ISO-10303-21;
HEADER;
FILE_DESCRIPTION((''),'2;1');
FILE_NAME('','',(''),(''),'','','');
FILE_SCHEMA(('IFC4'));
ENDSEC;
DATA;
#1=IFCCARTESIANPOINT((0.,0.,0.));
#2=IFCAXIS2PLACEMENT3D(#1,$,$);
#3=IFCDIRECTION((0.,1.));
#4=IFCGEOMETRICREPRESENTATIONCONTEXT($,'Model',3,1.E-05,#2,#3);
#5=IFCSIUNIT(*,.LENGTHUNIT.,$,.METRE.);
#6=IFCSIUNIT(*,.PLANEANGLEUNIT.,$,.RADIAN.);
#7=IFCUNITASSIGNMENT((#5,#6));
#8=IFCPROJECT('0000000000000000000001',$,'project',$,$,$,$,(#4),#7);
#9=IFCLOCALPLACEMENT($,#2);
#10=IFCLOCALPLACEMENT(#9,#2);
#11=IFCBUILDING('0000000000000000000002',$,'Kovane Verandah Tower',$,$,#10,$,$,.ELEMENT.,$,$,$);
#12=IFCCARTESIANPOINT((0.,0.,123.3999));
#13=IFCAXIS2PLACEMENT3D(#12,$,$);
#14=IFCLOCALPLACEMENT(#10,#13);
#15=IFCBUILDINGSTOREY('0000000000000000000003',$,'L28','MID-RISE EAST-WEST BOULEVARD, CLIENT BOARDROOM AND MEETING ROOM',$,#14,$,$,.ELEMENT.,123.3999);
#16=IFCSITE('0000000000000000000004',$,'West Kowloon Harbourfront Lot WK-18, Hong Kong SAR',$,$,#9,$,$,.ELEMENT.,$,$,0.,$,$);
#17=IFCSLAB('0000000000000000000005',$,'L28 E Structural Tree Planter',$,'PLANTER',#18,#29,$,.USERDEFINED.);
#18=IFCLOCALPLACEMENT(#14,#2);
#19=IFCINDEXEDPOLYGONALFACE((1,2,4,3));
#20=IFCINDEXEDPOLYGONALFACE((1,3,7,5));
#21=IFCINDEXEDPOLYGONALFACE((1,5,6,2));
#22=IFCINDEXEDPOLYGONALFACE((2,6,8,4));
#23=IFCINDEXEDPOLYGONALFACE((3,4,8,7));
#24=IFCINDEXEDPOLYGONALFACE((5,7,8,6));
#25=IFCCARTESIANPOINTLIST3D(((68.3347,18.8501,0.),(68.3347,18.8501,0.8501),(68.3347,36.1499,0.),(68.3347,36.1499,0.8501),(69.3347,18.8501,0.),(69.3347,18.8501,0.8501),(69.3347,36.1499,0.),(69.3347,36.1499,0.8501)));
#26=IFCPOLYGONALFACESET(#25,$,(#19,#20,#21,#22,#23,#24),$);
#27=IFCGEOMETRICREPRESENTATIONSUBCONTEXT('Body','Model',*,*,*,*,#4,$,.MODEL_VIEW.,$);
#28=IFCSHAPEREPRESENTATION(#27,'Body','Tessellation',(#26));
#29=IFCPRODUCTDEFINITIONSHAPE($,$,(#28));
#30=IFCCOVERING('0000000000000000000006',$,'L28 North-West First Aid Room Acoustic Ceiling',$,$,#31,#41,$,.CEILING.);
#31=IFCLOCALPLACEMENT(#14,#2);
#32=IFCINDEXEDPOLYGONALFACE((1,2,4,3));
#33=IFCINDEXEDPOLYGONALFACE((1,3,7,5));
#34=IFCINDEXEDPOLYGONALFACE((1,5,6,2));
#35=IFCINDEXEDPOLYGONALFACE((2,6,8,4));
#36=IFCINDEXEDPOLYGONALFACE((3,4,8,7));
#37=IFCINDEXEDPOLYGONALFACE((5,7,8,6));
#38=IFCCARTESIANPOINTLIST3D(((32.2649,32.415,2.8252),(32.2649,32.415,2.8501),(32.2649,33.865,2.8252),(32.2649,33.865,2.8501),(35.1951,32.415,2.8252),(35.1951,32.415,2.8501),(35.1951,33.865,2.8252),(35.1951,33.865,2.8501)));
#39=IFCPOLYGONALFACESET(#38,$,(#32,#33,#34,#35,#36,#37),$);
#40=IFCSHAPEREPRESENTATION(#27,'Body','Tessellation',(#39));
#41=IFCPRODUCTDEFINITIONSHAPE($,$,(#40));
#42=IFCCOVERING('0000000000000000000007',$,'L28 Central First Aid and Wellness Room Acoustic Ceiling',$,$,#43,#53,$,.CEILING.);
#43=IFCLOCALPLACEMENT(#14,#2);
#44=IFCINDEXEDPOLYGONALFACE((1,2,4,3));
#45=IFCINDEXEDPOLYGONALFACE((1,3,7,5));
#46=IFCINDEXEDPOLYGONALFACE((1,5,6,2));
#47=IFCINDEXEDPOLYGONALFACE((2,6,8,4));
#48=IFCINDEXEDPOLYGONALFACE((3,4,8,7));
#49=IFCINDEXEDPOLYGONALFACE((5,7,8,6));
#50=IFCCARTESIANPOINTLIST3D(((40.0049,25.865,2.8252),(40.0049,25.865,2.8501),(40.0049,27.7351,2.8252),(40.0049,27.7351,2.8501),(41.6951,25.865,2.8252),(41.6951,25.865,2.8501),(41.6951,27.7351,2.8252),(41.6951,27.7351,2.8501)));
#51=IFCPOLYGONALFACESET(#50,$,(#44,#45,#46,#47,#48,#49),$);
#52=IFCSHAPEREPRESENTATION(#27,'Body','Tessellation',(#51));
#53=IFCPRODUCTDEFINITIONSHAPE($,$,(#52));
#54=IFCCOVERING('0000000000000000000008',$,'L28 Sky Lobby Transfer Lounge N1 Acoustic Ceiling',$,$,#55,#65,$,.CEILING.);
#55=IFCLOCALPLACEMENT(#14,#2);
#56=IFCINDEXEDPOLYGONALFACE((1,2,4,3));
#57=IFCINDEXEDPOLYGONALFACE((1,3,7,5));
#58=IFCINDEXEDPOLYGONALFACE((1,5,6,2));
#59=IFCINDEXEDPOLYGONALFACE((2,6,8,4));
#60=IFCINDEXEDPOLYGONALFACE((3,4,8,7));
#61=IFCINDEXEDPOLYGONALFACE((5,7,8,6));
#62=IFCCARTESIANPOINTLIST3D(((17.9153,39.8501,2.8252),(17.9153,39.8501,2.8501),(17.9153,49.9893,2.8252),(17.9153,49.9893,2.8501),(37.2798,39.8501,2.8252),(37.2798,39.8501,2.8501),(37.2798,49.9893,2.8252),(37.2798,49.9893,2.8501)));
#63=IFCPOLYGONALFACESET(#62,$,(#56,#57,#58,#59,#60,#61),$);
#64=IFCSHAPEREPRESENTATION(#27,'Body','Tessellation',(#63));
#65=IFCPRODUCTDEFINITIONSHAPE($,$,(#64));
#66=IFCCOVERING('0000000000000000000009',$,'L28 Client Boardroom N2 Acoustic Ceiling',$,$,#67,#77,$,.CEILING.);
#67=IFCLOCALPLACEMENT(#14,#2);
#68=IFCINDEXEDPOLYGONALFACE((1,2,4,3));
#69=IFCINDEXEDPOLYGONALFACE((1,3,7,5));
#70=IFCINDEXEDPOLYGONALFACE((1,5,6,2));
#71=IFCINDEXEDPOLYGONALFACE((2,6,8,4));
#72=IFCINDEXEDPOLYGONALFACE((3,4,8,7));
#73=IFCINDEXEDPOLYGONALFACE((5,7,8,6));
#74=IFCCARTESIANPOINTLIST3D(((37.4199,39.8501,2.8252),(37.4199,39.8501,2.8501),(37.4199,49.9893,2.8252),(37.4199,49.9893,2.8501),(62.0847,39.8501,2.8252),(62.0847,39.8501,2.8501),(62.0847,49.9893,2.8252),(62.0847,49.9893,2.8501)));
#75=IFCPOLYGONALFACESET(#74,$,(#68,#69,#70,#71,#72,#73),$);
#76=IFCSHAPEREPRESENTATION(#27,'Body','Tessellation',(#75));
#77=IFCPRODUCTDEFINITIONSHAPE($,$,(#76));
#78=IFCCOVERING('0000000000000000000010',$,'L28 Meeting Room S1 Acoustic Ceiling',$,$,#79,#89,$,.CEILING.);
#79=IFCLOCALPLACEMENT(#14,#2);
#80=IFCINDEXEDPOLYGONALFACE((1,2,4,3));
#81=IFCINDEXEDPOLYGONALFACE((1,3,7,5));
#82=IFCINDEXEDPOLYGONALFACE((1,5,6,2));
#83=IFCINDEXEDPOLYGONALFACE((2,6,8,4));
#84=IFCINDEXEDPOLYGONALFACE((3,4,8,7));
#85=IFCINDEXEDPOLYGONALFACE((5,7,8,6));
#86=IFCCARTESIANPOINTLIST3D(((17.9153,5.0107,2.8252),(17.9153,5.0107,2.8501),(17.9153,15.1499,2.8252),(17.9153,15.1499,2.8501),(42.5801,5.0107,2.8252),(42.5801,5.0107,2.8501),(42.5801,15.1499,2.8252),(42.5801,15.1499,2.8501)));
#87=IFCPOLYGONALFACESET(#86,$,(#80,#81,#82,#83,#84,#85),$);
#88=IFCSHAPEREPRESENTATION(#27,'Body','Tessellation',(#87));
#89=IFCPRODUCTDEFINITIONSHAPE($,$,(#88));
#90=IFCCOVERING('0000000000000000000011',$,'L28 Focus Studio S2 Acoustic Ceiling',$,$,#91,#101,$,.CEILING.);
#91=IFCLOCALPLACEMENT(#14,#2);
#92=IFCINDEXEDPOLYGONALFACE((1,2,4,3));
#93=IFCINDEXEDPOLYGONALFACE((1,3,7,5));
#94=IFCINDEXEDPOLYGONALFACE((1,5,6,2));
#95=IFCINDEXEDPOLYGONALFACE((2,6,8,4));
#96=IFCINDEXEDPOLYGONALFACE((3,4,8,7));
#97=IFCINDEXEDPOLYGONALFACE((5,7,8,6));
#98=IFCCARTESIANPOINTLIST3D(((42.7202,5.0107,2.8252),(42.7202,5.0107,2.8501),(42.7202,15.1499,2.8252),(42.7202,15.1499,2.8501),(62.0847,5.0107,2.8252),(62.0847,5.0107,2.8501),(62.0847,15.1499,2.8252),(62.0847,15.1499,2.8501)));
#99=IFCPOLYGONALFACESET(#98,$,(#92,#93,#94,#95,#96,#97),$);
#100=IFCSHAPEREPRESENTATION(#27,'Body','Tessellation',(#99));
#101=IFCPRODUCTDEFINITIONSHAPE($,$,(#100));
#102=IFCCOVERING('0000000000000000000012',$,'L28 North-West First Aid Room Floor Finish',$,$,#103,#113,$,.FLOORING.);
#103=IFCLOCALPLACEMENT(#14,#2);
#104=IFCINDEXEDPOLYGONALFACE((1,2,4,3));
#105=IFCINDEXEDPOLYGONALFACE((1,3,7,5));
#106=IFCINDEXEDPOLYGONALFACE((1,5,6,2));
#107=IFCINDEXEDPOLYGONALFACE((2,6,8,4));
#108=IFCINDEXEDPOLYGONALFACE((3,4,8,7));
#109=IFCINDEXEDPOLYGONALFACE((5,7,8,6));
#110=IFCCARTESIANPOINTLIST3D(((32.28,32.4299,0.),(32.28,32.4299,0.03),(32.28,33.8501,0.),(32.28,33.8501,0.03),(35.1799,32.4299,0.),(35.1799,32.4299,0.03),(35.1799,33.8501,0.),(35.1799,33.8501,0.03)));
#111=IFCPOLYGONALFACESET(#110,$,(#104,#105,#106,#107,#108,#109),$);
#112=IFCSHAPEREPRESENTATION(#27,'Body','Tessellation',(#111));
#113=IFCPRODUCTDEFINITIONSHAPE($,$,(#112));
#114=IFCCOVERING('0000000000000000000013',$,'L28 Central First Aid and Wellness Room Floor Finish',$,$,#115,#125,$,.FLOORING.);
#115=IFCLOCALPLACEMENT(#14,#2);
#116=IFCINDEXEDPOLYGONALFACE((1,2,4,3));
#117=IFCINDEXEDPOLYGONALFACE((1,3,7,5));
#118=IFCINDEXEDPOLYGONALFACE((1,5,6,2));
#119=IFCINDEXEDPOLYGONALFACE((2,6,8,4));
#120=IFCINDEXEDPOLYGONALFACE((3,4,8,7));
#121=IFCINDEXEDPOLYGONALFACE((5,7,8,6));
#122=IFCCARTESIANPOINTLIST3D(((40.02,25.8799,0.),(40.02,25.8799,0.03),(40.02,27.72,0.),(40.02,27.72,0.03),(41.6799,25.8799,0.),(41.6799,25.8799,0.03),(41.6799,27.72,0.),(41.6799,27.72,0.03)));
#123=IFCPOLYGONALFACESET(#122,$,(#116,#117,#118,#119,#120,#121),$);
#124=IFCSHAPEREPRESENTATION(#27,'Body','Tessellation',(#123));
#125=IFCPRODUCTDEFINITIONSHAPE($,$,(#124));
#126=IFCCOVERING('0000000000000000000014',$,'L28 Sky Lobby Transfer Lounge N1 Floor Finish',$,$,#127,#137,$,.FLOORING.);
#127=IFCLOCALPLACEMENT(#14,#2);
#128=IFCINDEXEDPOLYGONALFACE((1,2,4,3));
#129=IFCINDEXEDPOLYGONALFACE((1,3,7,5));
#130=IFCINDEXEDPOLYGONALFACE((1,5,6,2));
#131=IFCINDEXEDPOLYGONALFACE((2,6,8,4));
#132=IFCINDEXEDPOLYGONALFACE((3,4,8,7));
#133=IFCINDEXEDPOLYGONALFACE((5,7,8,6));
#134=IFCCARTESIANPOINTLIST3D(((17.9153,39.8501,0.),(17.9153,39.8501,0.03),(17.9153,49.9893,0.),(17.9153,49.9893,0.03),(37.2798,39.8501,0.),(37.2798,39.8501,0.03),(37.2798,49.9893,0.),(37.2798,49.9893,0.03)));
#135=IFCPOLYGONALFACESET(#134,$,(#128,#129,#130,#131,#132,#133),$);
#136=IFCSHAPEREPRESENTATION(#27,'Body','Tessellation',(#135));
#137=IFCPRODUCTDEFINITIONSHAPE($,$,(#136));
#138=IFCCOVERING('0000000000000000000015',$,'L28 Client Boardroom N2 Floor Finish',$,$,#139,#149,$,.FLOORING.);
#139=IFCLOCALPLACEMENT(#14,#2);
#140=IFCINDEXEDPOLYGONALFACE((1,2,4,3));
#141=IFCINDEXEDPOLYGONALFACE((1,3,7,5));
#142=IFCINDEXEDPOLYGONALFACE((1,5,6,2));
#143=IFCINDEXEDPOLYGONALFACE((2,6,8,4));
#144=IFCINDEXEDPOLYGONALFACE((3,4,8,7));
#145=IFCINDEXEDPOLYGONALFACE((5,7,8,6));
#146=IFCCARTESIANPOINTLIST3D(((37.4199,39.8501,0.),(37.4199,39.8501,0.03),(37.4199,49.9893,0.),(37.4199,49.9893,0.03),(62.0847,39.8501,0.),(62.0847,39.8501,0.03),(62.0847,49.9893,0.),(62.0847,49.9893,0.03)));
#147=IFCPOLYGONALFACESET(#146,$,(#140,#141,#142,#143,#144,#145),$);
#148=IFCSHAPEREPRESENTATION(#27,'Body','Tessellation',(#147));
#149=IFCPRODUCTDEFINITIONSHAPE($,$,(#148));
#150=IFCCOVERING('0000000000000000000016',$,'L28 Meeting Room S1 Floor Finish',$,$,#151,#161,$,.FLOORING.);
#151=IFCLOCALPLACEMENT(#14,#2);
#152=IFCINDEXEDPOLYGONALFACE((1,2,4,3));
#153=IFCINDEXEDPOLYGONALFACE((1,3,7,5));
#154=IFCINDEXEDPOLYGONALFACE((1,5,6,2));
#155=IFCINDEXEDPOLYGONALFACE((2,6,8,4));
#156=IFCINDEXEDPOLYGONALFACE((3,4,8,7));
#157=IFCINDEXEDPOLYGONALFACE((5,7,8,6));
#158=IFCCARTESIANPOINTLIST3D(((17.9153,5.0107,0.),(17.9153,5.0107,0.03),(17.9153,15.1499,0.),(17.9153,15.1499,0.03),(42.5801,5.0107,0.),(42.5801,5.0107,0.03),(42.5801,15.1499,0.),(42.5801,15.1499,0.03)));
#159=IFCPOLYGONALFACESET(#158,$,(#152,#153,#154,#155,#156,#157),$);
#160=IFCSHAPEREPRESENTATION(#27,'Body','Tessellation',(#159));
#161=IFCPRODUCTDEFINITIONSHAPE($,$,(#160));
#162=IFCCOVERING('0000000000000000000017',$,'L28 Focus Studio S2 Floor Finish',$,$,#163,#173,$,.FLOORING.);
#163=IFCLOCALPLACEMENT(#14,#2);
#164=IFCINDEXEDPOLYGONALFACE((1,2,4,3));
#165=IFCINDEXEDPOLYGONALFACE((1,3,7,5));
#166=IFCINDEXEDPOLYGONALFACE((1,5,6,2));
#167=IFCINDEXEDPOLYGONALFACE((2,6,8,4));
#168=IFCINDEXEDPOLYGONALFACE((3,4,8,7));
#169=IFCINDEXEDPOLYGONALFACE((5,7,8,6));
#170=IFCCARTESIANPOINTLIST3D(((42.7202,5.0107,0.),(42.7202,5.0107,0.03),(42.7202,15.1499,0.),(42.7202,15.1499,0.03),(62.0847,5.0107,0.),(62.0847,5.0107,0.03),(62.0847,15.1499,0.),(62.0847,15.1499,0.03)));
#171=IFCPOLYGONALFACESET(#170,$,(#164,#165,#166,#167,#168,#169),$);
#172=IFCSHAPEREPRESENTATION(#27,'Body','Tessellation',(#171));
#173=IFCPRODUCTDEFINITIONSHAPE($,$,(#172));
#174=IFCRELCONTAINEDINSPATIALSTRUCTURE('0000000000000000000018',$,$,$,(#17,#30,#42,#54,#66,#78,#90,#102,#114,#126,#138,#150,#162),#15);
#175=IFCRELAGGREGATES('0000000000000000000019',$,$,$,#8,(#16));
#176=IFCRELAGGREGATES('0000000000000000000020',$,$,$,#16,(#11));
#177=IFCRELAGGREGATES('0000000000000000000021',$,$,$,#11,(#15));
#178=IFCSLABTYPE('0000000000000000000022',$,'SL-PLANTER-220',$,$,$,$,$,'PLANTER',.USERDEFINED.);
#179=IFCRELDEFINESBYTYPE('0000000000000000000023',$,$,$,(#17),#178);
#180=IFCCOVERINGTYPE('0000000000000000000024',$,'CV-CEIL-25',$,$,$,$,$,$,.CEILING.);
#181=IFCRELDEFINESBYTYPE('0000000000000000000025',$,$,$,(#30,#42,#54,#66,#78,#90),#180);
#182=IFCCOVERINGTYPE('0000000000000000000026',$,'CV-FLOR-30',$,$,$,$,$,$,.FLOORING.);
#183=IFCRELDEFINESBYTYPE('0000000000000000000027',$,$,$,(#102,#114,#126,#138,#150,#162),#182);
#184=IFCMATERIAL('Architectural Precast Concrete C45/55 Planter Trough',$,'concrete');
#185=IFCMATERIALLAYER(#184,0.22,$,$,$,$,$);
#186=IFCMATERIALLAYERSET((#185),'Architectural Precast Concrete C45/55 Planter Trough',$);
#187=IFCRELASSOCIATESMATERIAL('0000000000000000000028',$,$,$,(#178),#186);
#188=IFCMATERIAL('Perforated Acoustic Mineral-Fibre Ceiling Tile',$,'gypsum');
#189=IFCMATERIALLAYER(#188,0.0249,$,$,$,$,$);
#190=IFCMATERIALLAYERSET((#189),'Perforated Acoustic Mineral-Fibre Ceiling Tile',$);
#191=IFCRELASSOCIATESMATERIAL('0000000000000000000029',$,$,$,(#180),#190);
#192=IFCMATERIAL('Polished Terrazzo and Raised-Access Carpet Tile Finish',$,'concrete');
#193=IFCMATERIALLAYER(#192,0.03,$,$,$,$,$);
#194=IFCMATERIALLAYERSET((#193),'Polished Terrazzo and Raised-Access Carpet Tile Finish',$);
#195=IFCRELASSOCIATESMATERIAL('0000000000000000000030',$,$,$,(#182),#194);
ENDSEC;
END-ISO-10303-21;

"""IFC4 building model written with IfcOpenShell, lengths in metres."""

from ifc_helpers import new_model, si_unit, direction, frame, origin, place, context, subcontext, project, spatial, polyline, outline, extrude, material, layer, layer_set, type_object, element, save


model = new_model("IFC4")

# Units and contexts
model_context = context("Model", 3, precision=1e-05, world=origin(), true_north=direction((0.0, 1.0)))
body_context = subcontext(model_context, "Body", "Model", "MODEL_VIEW")
ifc_project = project(units=[si_unit("LENGTHUNIT", "METRE"), si_unit("PLANEANGLEUNIT", "RADIAN")], contexts=[model_context])

# Site, building, storey
site_placement = place(None, origin())
site = spatial("IfcSite", under=ifc_project, at=site_placement, Name="West Kowloon Harbourfront Lot WK-18, Hong Kong SAR", CompositionType="ELEMENT", RefElevation=0.0)
building_placement = place(site_placement, origin())
building = spatial("IfcBuilding", under=site, at=building_placement, Name="Kovane Verandah Tower", CompositionType="ELEMENT")
storey_placement = place(building_placement, frame((0.0, 0.0, 123.3999)))
storey = spatial("IfcBuildingStorey", under=building, at=storey_placement, Name="L28", Description="MID-RISE EAST-WEST BOULEVARD, CLIENT BOARDROOM AND MEETING ROOM", CompositionType="ELEMENT", Elevation=123.3999)

# Slab
ifc_material_1 = material(Name="Architectural Precast Concrete C45/55 Planter Trough", Category="concrete")
ifc_layer_1 = layer(ifc_material_1, 0.22)
ifc_layer_set_1 = layer_set([ifc_layer_1], Name="Architectural Precast Concrete C45/55 Planter Trough")
slab_type_1 = type_object("IfcSlabType", Name="SL-PLANTER-220", ElementType="PLANTER", PredefinedType="USERDEFINED", material=ifc_layer_set_1)
slab_1_placement = place(storey_placement, origin())
element("IfcSlab", 1, at=slab_1_placement, inside=storey, type_object=slab_type_1, Name="L28 E Structural Tree Planter", ObjectType="PLANTER", PredefinedType="USERDEFINED", context=body_context, shape_type="SweptSolid", body=[
    extrude(outline(polyline([(68.3347, 18.8501), (69.3347, 18.8501), (69.3347, 36.1499), (68.3347, 36.1499), (68.3347, 18.8501)])), origin(), (0.0, 0.0, 1.0), 0.8501),
])

# Coverings
ifc_material_2 = material(Name="Perforated Acoustic Mineral-Fibre Ceiling Tile", Category="gypsum")
ifc_layer_2 = layer(ifc_material_2, 0.0249)
ifc_layer_set_2 = layer_set([ifc_layer_2], Name="Perforated Acoustic Mineral-Fibre Ceiling Tile")
covering_type_1 = type_object("IfcCoveringType", Name="CV-CEIL-25", PredefinedType="CEILING", material=ifc_layer_set_2)
covering_1_placement = place(storey_placement, frame((0.0, 0.0, 2.8252)))
element("IfcCovering", 2, at=covering_1_placement, inside=storey, type_object=covering_type_1, Name="L28 North-West First Aid Room Acoustic Ceiling", PredefinedType="CEILING", context=body_context, shape_type="SweptSolid", body=[
    extrude(outline(polyline([(32.2649, 32.415), (35.1951, 32.415), (35.1951, 33.865), (32.2649, 33.865), (32.2649, 32.415)])), origin(), (0.0, 0.0, 1.0), 0.0249),
])
covering_2_placement = place(storey_placement, frame((0.0, 0.0, 2.8252)))
element("IfcCovering", 3, at=covering_2_placement, inside=storey, type_object=covering_type_1, Name="L28 Central First Aid and Wellness Room Acoustic Ceiling", PredefinedType="CEILING", context=body_context, shape_type="SweptSolid", body=[
    extrude(outline(polyline([(40.0049, 25.865), (41.6951, 25.865), (41.6951, 27.7351), (40.0049, 27.7351), (40.0049, 25.865)])), origin(), (0.0, 0.0, 1.0), 0.0249),
])
covering_3_placement = place(storey_placement, frame((0.0, 0.0, 2.8252)))
element("IfcCovering", 4, at=covering_3_placement, inside=storey, type_object=covering_type_1, Name="L28 Sky Lobby Transfer Lounge N1 Acoustic Ceiling", PredefinedType="CEILING", context=body_context, shape_type="SweptSolid", body=[
    extrude(outline(polyline([(17.9153, 39.8501), (37.2798, 39.8501), (37.2798, 49.9893), (17.9153, 49.9893), (17.9153, 39.8501)])), origin(), (0.0, 0.0, 1.0), 0.0249),
])
covering_4_placement = place(storey_placement, frame((0.0, 0.0, 2.8252)))
element("IfcCovering", 5, at=covering_4_placement, inside=storey, type_object=covering_type_1, Name="L28 Client Boardroom N2 Acoustic Ceiling", PredefinedType="CEILING", context=body_context, shape_type="SweptSolid", body=[
    extrude(outline(polyline([(37.4199, 39.8501), (62.0847, 39.8501), (62.0847, 49.9893), (37.4199, 49.9893), (37.4199, 39.8501)])), origin(), (0.0, 0.0, 1.0), 0.0249),
])
covering_5_placement = place(storey_placement, frame((0.0, 0.0, 2.8252)))
element("IfcCovering", 6, at=covering_5_placement, inside=storey, type_object=covering_type_1, Name="L28 Meeting Room S1 Acoustic Ceiling", PredefinedType="CEILING", context=body_context, shape_type="SweptSolid", body=[
    extrude(outline(polyline([(17.9153, 5.0107), (42.5801, 5.0107), (42.5801, 15.1499), (17.9153, 15.1499), (17.9153, 5.0107)])), origin(), (0.0, 0.0, 1.0), 0.0249),
])
covering_6_placement = place(storey_placement, frame((0.0, 0.0, 2.8252)))
element("IfcCovering", 7, at=covering_6_placement, inside=storey, type_object=covering_type_1, Name="L28 Focus Studio S2 Acoustic Ceiling", PredefinedType="CEILING", context=body_context, shape_type="SweptSolid", body=[
    extrude(outline(polyline([(42.7202, 5.0107), (62.0847, 5.0107), (62.0847, 15.1499), (42.7202, 15.1499), (42.7202, 5.0107)])), origin(), (0.0, 0.0, 1.0), 0.0249),
])
ifc_material_3 = material(Name="Polished Terrazzo and Raised-Access Carpet Tile Finish", Category="concrete")
ifc_layer_3 = layer(ifc_material_3, 0.03)
ifc_layer_set_3 = layer_set([ifc_layer_3], Name="Polished Terrazzo and Raised-Access Carpet Tile Finish")
covering_type_2 = type_object("IfcCoveringType", Name="CV-FLOR-30", PredefinedType="FLOORING", material=ifc_layer_set_3)
covering_7_placement = place(storey_placement, origin())
element("IfcCovering", 8, at=covering_7_placement, inside=storey, type_object=covering_type_2, Name="L28 North-West First Aid Room Floor Finish", PredefinedType="FLOORING", context=body_context, shape_type="SweptSolid", body=[
    extrude(outline(polyline([(32.28, 32.4299), (35.1799, 32.4299), (35.1799, 33.8501), (32.28, 33.8501), (32.28, 32.4299)])), origin(), (0.0, 0.0, 1.0), 0.03),
])
covering_8_placement = place(storey_placement, origin())
element("IfcCovering", 9, at=covering_8_placement, inside=storey, type_object=covering_type_2, Name="L28 Central First Aid and Wellness Room Floor Finish", PredefinedType="FLOORING", context=body_context, shape_type="SweptSolid", body=[
    extrude(outline(polyline([(40.02, 25.8799), (41.6799, 25.8799), (41.6799, 27.72), (40.02, 27.72), (40.02, 25.8799)])), origin(), (0.0, 0.0, 1.0), 0.03),
])
covering_9_placement = place(storey_placement, origin())
element("IfcCovering", 10, at=covering_9_placement, inside=storey, type_object=covering_type_2, Name="L28 Sky Lobby Transfer Lounge N1 Floor Finish", PredefinedType="FLOORING", context=body_context, shape_type="SweptSolid", body=[
    extrude(outline(polyline([(17.9153, 39.8501), (37.2798, 39.8501), (37.2798, 49.9893), (17.9153, 49.9893), (17.9153, 39.8501)])), origin(), (0.0, 0.0, 1.0), 0.03),
])
covering_10_placement = place(storey_placement, origin())
element("IfcCovering", 11, at=covering_10_placement, inside=storey, type_object=covering_type_2, Name="L28 Client Boardroom N2 Floor Finish", PredefinedType="FLOORING", context=body_context, shape_type="SweptSolid", body=[
    extrude(outline(polyline([(37.4199, 39.8501), (62.0847, 39.8501), (62.0847, 49.9893), (37.4199, 49.9893), (37.4199, 39.8501)])), origin(), (0.0, 0.0, 1.0), 0.03),
])
covering_11_placement = place(storey_placement, origin())
element("IfcCovering", 12, at=covering_11_placement, inside=storey, type_object=covering_type_2, Name="L28 Meeting Room S1 Floor Finish", PredefinedType="FLOORING", context=body_context, shape_type="SweptSolid", body=[
    extrude(outline(polyline([(17.9153, 5.0107), (42.5801, 5.0107), (42.5801, 15.1499), (17.9153, 15.1499), (17.9153, 5.0107)])), origin(), (0.0, 0.0, 1.0), 0.03),
])
covering_12_placement = place(storey_placement, origin())
element("IfcCovering", 13, at=covering_12_placement, inside=storey, type_object=covering_type_2, Name="L28 Focus Studio S2 Floor Finish", PredefinedType="FLOORING", context=body_context, shape_type="SweptSolid", body=[
    extrude(outline(polyline([(42.7202, 5.0107), (62.0847, 5.0107), (62.0847, 15.1499), (42.7202, 15.1499), (42.7202, 5.0107)])), origin(), (0.0, 0.0, 1.0), 0.03),
])

save(model, "model.ifc")
